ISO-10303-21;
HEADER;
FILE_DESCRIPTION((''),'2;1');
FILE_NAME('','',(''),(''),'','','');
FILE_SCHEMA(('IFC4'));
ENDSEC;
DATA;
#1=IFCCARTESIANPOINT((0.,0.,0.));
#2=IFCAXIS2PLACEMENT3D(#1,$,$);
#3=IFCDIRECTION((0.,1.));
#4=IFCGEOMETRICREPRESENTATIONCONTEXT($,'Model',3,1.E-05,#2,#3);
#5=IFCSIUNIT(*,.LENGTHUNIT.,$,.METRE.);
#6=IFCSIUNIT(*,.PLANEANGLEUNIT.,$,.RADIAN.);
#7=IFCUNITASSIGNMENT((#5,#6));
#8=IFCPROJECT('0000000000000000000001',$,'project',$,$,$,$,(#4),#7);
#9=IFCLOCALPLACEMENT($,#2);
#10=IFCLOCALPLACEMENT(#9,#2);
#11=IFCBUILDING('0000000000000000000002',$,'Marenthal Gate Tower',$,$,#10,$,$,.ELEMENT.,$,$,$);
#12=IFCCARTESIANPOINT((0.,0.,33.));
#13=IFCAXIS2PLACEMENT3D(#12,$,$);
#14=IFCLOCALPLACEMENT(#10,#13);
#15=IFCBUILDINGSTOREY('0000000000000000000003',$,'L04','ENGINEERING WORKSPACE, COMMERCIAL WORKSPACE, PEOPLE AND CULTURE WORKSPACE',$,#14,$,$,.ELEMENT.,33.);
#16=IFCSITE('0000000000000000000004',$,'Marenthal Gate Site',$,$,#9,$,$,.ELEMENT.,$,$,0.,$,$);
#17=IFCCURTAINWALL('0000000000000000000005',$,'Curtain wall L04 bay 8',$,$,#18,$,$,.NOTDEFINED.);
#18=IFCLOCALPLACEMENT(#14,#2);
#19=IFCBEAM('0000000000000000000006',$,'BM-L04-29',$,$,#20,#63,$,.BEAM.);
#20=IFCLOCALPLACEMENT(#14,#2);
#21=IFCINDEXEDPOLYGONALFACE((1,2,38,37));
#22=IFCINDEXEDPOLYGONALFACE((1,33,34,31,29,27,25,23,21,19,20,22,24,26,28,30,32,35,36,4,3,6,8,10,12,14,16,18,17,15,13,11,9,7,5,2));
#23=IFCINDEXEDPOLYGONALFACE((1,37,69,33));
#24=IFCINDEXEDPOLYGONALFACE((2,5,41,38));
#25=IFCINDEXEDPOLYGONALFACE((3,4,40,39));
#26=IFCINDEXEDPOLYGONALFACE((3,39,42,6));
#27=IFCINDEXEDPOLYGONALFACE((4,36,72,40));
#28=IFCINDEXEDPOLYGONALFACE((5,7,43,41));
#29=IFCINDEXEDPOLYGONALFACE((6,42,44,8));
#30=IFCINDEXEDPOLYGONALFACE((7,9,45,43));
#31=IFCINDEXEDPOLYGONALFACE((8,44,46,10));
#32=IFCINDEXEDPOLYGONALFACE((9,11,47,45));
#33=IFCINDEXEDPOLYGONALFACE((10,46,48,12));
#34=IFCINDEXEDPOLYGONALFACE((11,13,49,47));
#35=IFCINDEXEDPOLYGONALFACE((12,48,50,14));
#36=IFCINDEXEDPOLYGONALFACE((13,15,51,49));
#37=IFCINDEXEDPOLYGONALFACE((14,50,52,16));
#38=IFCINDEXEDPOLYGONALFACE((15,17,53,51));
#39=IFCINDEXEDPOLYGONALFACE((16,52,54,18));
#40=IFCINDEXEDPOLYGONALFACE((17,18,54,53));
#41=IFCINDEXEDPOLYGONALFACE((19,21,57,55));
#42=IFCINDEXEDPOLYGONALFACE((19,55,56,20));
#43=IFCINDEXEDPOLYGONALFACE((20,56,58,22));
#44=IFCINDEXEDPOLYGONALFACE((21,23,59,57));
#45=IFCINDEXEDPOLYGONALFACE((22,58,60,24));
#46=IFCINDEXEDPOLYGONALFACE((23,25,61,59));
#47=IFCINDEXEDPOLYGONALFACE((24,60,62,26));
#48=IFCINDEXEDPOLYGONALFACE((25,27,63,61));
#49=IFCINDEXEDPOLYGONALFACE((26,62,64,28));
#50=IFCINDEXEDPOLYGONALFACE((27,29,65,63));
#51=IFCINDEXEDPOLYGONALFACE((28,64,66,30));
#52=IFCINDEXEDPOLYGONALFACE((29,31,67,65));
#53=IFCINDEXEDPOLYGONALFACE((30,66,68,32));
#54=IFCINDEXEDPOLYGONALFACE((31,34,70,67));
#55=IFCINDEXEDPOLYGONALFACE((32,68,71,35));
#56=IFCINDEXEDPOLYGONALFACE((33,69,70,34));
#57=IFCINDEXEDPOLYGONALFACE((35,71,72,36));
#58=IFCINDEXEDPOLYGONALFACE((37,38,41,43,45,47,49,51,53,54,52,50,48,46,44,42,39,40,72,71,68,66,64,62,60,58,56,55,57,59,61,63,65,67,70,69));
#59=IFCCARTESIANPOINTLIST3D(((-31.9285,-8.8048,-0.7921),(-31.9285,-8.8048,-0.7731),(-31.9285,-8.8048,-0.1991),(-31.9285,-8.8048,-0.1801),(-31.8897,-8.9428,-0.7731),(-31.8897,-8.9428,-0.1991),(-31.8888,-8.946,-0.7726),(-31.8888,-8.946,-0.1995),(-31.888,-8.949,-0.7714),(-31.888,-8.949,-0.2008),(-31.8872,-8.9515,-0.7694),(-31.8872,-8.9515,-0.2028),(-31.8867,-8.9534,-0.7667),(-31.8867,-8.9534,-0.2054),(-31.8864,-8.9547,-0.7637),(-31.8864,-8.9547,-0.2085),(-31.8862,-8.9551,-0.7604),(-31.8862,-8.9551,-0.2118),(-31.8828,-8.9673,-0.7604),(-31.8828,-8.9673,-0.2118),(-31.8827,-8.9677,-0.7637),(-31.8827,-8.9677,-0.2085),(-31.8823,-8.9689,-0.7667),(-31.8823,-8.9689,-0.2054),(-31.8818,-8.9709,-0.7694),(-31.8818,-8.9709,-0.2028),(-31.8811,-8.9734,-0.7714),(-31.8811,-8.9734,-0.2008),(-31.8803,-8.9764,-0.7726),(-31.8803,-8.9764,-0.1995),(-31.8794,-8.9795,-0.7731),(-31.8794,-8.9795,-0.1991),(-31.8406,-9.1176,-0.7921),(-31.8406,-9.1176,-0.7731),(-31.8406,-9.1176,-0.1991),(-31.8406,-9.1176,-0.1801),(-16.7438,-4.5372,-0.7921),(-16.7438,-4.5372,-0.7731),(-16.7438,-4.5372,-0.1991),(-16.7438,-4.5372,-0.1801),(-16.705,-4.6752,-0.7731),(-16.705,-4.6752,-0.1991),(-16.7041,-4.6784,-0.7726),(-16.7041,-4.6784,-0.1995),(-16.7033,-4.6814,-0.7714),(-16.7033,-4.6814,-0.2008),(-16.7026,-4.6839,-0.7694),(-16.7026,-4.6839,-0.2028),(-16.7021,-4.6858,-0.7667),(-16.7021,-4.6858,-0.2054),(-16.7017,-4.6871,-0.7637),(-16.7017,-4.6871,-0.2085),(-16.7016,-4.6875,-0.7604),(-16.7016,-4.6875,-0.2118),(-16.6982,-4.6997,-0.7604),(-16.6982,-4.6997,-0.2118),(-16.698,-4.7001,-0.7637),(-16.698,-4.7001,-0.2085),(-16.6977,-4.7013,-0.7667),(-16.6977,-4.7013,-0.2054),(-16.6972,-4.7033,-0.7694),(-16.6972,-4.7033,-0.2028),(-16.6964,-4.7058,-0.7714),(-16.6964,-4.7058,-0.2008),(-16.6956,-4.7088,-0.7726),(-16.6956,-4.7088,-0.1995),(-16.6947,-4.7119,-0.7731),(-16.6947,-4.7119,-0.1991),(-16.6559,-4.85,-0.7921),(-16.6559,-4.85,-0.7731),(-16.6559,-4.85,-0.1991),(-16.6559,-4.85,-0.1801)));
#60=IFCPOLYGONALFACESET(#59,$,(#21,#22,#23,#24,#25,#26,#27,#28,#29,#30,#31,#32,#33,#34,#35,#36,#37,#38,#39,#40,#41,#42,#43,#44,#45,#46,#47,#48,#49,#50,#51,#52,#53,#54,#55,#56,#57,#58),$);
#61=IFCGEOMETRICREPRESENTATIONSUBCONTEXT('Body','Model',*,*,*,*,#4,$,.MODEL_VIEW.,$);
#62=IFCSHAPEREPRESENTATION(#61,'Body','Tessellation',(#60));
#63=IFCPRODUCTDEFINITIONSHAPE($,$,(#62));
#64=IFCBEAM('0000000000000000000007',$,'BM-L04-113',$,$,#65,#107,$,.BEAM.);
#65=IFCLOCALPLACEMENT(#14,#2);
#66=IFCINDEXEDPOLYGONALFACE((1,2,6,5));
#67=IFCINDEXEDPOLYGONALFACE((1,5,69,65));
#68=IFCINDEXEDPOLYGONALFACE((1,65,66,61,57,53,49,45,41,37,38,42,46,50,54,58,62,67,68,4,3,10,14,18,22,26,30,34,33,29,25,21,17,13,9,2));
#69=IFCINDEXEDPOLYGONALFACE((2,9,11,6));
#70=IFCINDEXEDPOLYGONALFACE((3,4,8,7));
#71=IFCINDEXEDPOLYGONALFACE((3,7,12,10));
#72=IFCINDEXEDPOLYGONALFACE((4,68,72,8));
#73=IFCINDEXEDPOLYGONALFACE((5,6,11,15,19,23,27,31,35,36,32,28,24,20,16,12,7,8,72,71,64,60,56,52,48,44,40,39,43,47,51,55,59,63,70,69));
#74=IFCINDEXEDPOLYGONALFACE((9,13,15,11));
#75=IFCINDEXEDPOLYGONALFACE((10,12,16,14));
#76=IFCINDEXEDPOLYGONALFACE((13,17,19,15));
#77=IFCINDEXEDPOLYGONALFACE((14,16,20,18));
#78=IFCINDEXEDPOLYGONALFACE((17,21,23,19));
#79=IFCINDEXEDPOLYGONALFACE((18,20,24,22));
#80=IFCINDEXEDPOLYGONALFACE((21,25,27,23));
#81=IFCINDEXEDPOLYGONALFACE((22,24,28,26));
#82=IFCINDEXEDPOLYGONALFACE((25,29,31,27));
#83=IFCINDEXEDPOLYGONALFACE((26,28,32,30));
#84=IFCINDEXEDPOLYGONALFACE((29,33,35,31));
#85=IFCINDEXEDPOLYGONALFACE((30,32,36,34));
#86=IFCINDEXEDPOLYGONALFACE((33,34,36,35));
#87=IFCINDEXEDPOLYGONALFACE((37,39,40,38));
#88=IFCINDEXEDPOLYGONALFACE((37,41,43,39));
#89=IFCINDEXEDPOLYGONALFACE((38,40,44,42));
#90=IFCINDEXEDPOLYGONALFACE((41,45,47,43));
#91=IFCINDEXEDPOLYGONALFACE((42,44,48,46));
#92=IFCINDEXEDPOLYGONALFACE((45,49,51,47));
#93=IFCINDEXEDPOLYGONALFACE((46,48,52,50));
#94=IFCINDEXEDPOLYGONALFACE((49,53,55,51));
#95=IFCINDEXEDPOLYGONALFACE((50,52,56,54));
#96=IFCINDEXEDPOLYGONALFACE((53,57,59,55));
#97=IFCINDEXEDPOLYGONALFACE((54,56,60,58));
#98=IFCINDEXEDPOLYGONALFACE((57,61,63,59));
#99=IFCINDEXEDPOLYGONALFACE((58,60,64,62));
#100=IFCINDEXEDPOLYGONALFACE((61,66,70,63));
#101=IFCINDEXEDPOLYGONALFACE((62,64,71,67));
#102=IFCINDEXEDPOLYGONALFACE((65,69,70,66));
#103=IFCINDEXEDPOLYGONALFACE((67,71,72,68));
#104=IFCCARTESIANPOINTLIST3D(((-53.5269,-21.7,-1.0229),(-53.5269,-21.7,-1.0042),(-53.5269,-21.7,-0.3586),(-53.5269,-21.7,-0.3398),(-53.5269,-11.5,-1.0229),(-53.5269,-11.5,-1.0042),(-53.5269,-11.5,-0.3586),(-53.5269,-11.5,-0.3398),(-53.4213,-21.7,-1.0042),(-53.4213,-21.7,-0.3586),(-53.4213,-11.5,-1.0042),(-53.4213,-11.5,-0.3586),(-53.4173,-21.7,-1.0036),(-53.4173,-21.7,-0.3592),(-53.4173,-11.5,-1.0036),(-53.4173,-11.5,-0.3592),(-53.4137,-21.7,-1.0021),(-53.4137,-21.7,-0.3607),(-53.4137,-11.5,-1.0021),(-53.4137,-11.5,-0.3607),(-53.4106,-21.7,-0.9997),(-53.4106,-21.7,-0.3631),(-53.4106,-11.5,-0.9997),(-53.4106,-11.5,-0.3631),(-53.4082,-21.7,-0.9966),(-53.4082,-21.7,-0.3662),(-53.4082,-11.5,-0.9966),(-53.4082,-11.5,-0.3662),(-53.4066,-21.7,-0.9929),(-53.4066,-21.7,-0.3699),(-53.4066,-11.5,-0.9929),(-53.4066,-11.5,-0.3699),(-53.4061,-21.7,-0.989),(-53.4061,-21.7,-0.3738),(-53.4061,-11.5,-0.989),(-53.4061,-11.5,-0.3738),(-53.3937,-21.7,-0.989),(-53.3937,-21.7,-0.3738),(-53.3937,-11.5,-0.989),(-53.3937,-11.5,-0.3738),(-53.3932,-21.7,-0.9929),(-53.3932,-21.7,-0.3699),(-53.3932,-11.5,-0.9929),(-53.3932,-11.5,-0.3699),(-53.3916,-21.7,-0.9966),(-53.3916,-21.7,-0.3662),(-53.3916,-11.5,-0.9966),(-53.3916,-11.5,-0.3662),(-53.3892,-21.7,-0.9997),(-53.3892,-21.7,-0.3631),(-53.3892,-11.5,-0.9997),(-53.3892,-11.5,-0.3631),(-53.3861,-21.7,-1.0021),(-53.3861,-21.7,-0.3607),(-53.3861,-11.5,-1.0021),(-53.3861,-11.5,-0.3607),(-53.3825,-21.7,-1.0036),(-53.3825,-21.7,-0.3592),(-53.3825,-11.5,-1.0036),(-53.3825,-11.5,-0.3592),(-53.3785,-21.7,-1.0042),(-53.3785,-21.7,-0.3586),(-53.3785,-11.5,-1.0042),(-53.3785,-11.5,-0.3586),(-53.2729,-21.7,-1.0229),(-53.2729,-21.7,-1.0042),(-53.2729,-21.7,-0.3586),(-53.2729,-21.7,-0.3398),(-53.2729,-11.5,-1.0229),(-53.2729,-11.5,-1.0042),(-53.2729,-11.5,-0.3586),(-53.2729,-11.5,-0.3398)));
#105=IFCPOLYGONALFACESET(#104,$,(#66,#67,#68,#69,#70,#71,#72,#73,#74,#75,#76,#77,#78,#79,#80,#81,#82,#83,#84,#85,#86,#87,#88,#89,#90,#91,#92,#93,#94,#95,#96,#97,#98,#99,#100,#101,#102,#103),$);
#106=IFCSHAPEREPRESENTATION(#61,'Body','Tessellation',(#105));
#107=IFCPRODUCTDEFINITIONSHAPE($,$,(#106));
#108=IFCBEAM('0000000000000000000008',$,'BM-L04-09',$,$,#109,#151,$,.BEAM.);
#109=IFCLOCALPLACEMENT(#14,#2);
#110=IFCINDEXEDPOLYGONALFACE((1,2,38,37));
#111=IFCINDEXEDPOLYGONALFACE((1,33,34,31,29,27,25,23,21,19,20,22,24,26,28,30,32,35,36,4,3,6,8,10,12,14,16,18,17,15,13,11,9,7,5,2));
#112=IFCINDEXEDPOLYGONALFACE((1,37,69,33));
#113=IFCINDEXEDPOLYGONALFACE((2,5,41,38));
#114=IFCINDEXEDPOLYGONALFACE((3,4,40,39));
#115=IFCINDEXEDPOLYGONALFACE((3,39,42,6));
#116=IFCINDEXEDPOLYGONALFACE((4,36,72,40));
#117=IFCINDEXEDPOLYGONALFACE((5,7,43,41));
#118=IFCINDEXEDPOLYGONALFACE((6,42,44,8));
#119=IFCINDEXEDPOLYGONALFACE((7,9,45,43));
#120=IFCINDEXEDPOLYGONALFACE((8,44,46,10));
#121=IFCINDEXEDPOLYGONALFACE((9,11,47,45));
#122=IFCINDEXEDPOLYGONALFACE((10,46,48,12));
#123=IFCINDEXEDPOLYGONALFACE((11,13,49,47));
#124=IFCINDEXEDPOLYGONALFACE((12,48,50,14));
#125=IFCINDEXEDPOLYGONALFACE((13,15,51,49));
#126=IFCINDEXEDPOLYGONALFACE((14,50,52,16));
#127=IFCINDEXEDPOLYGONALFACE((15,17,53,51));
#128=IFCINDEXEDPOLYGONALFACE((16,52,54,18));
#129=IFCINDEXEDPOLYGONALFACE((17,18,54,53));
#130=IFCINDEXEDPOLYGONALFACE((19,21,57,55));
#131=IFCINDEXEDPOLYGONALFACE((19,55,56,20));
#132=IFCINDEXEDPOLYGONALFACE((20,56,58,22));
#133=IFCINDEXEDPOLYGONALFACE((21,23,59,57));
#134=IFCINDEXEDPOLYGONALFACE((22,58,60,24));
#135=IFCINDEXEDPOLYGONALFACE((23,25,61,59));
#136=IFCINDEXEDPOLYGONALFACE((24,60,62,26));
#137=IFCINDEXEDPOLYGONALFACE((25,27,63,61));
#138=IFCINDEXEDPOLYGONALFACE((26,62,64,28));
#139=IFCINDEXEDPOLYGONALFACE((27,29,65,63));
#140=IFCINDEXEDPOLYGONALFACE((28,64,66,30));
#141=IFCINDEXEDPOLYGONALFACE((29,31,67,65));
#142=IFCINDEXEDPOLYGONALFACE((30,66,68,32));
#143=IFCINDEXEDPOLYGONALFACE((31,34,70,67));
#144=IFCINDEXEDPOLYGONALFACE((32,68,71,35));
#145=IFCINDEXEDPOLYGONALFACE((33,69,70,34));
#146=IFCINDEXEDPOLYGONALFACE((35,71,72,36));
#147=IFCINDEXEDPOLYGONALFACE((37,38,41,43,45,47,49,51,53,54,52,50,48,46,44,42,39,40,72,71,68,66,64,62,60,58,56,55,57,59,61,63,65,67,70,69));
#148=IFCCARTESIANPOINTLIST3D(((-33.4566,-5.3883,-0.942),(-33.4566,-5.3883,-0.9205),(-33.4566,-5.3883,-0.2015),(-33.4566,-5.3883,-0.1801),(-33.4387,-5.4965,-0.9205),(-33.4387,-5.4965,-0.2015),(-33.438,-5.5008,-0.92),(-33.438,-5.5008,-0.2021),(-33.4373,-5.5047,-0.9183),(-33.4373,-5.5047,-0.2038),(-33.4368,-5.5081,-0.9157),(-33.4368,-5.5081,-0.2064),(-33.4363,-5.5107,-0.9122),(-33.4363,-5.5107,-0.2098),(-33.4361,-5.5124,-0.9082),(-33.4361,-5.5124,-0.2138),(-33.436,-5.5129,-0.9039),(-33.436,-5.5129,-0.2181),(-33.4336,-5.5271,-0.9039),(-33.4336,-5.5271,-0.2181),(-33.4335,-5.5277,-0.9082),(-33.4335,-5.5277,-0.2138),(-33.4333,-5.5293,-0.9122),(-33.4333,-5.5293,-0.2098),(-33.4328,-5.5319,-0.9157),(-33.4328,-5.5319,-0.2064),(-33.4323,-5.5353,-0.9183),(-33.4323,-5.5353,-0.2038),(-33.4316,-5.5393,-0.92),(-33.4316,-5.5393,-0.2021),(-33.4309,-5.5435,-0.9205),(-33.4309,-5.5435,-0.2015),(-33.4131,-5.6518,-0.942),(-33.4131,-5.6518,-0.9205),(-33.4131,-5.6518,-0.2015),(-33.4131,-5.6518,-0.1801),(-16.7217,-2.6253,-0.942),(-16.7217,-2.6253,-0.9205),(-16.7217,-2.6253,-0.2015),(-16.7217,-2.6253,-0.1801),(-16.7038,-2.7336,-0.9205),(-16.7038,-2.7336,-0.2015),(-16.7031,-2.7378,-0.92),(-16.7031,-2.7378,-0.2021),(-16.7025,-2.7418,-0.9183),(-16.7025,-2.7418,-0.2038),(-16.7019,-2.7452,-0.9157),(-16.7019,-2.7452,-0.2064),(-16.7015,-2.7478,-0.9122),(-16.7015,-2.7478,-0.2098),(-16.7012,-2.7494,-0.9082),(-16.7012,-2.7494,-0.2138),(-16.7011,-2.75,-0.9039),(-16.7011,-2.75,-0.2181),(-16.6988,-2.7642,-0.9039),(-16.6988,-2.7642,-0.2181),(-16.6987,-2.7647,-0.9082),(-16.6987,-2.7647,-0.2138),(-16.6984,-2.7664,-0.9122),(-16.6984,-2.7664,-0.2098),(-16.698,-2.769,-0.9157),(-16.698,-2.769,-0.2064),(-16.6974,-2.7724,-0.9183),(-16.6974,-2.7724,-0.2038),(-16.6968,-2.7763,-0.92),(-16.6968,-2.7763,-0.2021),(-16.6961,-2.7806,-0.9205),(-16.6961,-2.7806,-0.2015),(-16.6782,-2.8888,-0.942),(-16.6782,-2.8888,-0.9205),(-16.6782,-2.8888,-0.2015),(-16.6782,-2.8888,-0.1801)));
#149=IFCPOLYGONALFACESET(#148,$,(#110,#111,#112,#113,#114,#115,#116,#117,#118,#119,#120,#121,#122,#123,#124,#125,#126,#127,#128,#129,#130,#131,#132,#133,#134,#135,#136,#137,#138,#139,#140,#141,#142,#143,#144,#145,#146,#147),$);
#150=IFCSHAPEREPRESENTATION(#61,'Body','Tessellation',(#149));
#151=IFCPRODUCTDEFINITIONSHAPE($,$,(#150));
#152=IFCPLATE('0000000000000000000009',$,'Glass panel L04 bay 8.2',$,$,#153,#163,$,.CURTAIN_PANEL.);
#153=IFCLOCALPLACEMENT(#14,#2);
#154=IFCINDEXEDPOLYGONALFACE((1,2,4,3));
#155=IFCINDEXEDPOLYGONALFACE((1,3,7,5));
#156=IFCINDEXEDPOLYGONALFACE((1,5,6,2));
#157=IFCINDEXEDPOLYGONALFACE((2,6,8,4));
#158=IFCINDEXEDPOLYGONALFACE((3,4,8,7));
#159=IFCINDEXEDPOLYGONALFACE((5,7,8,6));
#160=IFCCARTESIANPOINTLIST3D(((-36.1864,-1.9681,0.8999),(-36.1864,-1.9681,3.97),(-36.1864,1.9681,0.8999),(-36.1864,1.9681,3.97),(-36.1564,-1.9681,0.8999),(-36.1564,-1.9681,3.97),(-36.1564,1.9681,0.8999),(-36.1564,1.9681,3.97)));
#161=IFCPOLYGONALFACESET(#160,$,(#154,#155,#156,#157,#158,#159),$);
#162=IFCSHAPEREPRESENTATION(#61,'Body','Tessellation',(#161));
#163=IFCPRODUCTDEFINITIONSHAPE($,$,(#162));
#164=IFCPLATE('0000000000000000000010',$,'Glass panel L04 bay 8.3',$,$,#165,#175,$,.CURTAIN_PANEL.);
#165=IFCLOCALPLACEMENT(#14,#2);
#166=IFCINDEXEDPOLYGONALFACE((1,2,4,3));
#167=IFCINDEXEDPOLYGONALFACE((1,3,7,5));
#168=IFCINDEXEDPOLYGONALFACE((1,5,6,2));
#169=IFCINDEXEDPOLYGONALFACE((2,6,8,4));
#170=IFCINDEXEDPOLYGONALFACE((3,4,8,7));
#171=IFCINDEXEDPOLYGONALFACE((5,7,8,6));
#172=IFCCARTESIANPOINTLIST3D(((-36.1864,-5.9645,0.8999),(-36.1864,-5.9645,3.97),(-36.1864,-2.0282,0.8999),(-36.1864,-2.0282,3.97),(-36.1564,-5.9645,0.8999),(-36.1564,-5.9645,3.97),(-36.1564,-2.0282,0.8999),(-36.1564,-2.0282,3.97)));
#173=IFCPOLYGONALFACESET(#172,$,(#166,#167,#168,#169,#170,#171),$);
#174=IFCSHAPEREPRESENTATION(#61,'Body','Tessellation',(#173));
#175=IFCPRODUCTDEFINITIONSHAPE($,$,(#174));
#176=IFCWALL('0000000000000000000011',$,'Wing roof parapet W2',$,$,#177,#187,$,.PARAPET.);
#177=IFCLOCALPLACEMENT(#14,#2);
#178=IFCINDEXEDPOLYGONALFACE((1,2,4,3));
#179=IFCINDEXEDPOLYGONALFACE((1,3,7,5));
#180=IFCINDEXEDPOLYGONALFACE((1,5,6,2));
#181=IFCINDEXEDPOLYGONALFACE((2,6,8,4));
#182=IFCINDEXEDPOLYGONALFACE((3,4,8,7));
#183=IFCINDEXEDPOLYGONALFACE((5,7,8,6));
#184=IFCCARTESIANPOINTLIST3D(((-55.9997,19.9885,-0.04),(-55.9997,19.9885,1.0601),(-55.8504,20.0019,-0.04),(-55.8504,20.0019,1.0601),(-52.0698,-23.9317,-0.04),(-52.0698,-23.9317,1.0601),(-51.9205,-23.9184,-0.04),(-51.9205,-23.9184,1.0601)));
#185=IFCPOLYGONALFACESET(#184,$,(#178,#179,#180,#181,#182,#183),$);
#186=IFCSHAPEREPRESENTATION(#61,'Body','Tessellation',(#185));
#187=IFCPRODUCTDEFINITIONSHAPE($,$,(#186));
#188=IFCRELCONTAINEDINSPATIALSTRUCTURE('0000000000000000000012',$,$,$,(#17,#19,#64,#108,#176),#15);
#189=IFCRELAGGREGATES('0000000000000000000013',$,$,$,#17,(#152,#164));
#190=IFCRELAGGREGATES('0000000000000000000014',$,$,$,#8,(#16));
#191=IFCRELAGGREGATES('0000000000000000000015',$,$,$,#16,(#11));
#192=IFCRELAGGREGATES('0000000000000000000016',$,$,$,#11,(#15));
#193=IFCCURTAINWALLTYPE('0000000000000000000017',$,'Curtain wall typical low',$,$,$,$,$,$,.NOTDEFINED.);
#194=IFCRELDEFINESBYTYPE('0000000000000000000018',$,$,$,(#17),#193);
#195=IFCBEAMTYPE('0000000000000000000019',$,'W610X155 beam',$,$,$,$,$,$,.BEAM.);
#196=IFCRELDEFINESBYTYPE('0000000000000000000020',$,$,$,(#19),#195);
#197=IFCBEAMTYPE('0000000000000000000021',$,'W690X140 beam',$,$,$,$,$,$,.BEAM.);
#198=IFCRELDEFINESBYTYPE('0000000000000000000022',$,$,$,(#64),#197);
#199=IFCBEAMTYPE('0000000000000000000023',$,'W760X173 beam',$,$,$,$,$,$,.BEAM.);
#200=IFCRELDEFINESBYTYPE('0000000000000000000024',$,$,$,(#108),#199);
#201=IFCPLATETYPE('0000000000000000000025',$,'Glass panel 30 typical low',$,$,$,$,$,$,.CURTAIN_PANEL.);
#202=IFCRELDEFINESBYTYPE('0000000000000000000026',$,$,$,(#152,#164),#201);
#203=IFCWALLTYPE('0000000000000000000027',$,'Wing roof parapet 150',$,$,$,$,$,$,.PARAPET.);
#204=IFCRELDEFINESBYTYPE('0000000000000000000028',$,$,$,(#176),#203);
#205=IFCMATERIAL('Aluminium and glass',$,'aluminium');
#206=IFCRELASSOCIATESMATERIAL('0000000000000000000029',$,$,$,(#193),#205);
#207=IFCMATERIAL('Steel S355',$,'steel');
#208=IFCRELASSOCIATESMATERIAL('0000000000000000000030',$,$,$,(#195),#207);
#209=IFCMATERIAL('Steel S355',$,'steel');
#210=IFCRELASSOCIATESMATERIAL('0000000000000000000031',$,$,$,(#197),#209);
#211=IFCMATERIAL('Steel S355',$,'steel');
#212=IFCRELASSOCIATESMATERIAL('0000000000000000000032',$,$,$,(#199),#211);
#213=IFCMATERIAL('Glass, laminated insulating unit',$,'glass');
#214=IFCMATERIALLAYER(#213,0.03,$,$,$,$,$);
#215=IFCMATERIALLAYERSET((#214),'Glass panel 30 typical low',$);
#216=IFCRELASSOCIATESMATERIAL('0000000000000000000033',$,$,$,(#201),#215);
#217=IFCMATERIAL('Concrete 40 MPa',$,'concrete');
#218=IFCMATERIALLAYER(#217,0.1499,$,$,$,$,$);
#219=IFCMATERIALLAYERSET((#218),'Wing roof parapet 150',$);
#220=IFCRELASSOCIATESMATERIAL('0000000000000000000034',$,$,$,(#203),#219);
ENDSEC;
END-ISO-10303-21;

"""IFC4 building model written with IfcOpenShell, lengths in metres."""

from ifc_helpers import new_model, si_unit, direction, frame, frame_2d, origin, origin_2d, place, context, subcontext, project, spatial, rectangle, i_section, extrude, material, layer, layer_set, material_profile, profile_set, type_object, element, aggregate, save


model = new_model("IFC4")

# Units and contexts
model_context = context("Model", 3, precision=1e-05, world=origin(), true_north=direction((0.0, 1.0)))
body_context = subcontext(model_context, "Body", "Model", "MODEL_VIEW")
ifc_project = project(units=[si_unit("LENGTHUNIT", "METRE"), si_unit("PLANEANGLEUNIT", "RADIAN")], contexts=[model_context])

# Site, building, storey
site_placement = place(None, origin())
site = spatial("IfcSite", under=ifc_project, at=site_placement, Name="Marenthal Gate Site", CompositionType="ELEMENT", RefElevation=0.0)
building_placement = place(site_placement, origin())
building = spatial("IfcBuilding", under=site, at=building_placement, Name="Marenthal Gate Tower", CompositionType="ELEMENT")
storey_placement = place(building_placement, frame((0.0, 0.0, 33.0)))
storey = spatial("IfcBuildingStorey", under=building, at=storey_placement, Name="L04", Description="ENGINEERING WORKSPACE, COMMERCIAL WORKSPACE, PEOPLE AND CULTURE WORKSPACE", CompositionType="ELEMENT", Elevation=33.0)

# Curtain wall
ifc_material_1 = material(Name="Aluminium and glass", Category="aluminium")
curtain_wall_type = type_object("IfcCurtainWallType", Name="Curtain wall typical low", PredefinedType="NOTDEFINED", material=ifc_material_1)
curtain_wall_placement = place(storey_placement, origin())
curtain_wall = element("IfcCurtainWall", 1, at=curtain_wall_placement, inside=storey, type_object=curtain_wall_type, Name="Curtain wall L04 bay 8", PredefinedType="NOTDEFINED")

# Beams
ifc_material_2 = material(Name="Steel S355", Category="steel")
ifc_material_profile_1 = material_profile(ifc_material_2, i_section(OverallWidth=0.325, OverallDepth=0.6121, WebThickness=0.0127, FlangeThickness=0.019, FilletRadius=0.0127, at=origin_2d()), Name="W610X155")
ifc_profile_set_1 = profile_set([ifc_material_profile_1], Name="Steel S355")
beam_type_1 = type_object("IfcBeamType", Name="W610X155 beam", PredefinedType="BEAM", material=ifc_profile_set_1)
beam_1_placement = place(storey_placement, frame((-31.8845, -8.9612, -0.4861), z_axis=(0.962702, 0.270564, 0.0), x_axis=(-0.270564, 0.962702, 0.0)))
element("IfcBeam", 2, at=beam_1_placement, inside=storey, type_object=beam_type_1, Name="BM-L04-29", PredefinedType="BEAM", context=body_context, shape_type="SweptSolid", body=[
    extrude(i_section(OverallWidth=0.325, OverallDepth=0.6121, WebThickness=0.0127, FlangeThickness=0.019, FilletRadius=0.0127, at=origin_2d()), origin(), (0.0, 0.0, 1.0), 15.7729),
])
ifc_material_3 = material(Name="Steel S355", Category="steel")
ifc_material_profile_2 = material_profile(ifc_material_3, i_section(OverallWidth=0.2539, OverallDepth=0.6831, WebThickness=0.0125, FlangeThickness=0.0188, FilletRadius=0.0151, at=origin_2d()), Name="W690X140")
ifc_profile_set_2 = profile_set([ifc_material_profile_2], Name="Steel S355")
beam_type_2 = type_object("IfcBeamType", Name="W690X140 beam", PredefinedType="BEAM", material=ifc_profile_set_2)
beam_2_placement = place(storey_placement, frame((-53.3999, -21.7, -0.6814), z_axis=(0.0, 1.0, 0.0), x_axis=(-1.0, 0.0, 0.0)))
element("IfcBeam", 3, at=beam_2_placement, inside=storey, type_object=beam_type_2, Name="BM-L04-113", PredefinedType="BEAM", context=body_context, shape_type="SweptSolid", body=[
    extrude(i_section(OverallWidth=0.2539, OverallDepth=0.6831, WebThickness=0.0125, FlangeThickness=0.0188, FilletRadius=0.0151, at=origin_2d()), origin(), (0.0, 0.0, 1.0), 10.2),
])
ifc_material_4 = material(Name="Steel S355", Category="steel")
ifc_material_profile_3 = material_profile(ifc_material_4, i_section(OverallWidth=0.2671, OverallDepth=0.762, WebThickness=0.0144, FlangeThickness=0.0215, FilletRadius=0.0166, at=origin_2d()), Name="W760X173")
ifc_profile_set_3 = profile_set([ifc_material_profile_3], Name="Steel S355")
beam_type_3 = type_object("IfcBeamType", Name="W760X173 beam", PredefinedType="BEAM", material=ifc_profile_set_3)
beam_3_placement = place(storey_placement, frame((-33.4348, -5.52, -0.561), z_axis=(0.986643, 0.162896, 0.0), x_axis=(-0.162896, 0.986643, 0.0)))
element("IfcBeam", 4, at=beam_3_placement, inside=storey, type_object=beam_type_3, Name="BM-L04-09", PredefinedType="BEAM", context=body_context, shape_type="SweptSolid", body=[
    extrude(i_section(OverallWidth=0.2671, OverallDepth=0.762, WebThickness=0.0144, FlangeThickness=0.0215, FilletRadius=0.0166, at=origin_2d()), origin(), (0.0, 0.0, 1.0), 16.9614),
])

# Plates
ifc_material_5 = material(Name="Glass, laminated insulating unit", Category="glass")
ifc_layer_1 = layer(ifc_material_5, 0.03)
ifc_layer_set_1 = layer_set([ifc_layer_1], Name="Glass panel 30 typical low")
plate_type = type_object("IfcPlateType", Name="Glass panel 30 typical low", PredefinedType="CURTAIN_PANEL", material=ifc_layer_set_1)
plate_1_placement = place(storey_placement, frame((-36.1714, 0.0, 0.8999), z_axis=(0.0, 0.0, 1.0), x_axis=(0.0, -1.0, 0.0)))
plate_1 = element("IfcPlate", 5, at=plate_1_placement, type_object=plate_type, Name="Glass panel L04 bay 8.2", PredefinedType="CURTAIN_PANEL", context=body_context, shape_type="SweptSolid", body=[
    extrude(rectangle(XDim=3.9363, YDim=0.03, at=origin_2d()), origin(), (0.0, 0.0, 1.0), 3.0701),
])
plate_2_placement = place(storey_placement, frame((-36.1714, -3.9963, 0.8999), z_axis=(0.0, 0.0, 1.0), x_axis=(0.0, -1.0, 0.0)))
plate_2 = element("IfcPlate", 6, at=plate_2_placement, type_object=plate_type, Name="Glass panel L04 bay 8.3", PredefinedType="CURTAIN_PANEL", context=body_context, shape_type="SweptSolid", body=[
    extrude(rectangle(XDim=3.9363, YDim=0.03, at=origin_2d()), origin(), (0.0, 0.0, 1.0), 3.0701),
])
aggregate(curtain_wall, [plate_1, plate_2])

# Wall
ifc_material_6 = material(Name="Concrete 40 MPa", Category="concrete")
ifc_layer_2 = layer(ifc_material_6, 0.1499)
ifc_layer_set_2 = layer_set([ifc_layer_2], Name="Wing roof parapet 150")
wall_type_1 = type_object("IfcWallType", Name="Wing roof parapet 150", PredefinedType="PARAPET", material=ifc_layer_set_2)
wall_1_placement = place(storey_placement, frame((-51.9951, -23.925, -0.04), z_axis=(0.0, 0.0, 1.0), x_axis=(-0.089123, 0.996021, 0.0)))
element("IfcWall", 7, at=wall_1_placement, inside=storey, type_object=wall_type_1, Name="Wing roof parapet W2", PredefinedType="PARAPET", context=body_context, shape_type="SweptSolid", body=[
    extrude(rectangle(XDim=44.0957, YDim=0.1499, at=frame_2d((22.0479, 0.0))), origin(), (0.0, 0.0, 1.0), 1.1001),
])

save(model, "model.ifc")
